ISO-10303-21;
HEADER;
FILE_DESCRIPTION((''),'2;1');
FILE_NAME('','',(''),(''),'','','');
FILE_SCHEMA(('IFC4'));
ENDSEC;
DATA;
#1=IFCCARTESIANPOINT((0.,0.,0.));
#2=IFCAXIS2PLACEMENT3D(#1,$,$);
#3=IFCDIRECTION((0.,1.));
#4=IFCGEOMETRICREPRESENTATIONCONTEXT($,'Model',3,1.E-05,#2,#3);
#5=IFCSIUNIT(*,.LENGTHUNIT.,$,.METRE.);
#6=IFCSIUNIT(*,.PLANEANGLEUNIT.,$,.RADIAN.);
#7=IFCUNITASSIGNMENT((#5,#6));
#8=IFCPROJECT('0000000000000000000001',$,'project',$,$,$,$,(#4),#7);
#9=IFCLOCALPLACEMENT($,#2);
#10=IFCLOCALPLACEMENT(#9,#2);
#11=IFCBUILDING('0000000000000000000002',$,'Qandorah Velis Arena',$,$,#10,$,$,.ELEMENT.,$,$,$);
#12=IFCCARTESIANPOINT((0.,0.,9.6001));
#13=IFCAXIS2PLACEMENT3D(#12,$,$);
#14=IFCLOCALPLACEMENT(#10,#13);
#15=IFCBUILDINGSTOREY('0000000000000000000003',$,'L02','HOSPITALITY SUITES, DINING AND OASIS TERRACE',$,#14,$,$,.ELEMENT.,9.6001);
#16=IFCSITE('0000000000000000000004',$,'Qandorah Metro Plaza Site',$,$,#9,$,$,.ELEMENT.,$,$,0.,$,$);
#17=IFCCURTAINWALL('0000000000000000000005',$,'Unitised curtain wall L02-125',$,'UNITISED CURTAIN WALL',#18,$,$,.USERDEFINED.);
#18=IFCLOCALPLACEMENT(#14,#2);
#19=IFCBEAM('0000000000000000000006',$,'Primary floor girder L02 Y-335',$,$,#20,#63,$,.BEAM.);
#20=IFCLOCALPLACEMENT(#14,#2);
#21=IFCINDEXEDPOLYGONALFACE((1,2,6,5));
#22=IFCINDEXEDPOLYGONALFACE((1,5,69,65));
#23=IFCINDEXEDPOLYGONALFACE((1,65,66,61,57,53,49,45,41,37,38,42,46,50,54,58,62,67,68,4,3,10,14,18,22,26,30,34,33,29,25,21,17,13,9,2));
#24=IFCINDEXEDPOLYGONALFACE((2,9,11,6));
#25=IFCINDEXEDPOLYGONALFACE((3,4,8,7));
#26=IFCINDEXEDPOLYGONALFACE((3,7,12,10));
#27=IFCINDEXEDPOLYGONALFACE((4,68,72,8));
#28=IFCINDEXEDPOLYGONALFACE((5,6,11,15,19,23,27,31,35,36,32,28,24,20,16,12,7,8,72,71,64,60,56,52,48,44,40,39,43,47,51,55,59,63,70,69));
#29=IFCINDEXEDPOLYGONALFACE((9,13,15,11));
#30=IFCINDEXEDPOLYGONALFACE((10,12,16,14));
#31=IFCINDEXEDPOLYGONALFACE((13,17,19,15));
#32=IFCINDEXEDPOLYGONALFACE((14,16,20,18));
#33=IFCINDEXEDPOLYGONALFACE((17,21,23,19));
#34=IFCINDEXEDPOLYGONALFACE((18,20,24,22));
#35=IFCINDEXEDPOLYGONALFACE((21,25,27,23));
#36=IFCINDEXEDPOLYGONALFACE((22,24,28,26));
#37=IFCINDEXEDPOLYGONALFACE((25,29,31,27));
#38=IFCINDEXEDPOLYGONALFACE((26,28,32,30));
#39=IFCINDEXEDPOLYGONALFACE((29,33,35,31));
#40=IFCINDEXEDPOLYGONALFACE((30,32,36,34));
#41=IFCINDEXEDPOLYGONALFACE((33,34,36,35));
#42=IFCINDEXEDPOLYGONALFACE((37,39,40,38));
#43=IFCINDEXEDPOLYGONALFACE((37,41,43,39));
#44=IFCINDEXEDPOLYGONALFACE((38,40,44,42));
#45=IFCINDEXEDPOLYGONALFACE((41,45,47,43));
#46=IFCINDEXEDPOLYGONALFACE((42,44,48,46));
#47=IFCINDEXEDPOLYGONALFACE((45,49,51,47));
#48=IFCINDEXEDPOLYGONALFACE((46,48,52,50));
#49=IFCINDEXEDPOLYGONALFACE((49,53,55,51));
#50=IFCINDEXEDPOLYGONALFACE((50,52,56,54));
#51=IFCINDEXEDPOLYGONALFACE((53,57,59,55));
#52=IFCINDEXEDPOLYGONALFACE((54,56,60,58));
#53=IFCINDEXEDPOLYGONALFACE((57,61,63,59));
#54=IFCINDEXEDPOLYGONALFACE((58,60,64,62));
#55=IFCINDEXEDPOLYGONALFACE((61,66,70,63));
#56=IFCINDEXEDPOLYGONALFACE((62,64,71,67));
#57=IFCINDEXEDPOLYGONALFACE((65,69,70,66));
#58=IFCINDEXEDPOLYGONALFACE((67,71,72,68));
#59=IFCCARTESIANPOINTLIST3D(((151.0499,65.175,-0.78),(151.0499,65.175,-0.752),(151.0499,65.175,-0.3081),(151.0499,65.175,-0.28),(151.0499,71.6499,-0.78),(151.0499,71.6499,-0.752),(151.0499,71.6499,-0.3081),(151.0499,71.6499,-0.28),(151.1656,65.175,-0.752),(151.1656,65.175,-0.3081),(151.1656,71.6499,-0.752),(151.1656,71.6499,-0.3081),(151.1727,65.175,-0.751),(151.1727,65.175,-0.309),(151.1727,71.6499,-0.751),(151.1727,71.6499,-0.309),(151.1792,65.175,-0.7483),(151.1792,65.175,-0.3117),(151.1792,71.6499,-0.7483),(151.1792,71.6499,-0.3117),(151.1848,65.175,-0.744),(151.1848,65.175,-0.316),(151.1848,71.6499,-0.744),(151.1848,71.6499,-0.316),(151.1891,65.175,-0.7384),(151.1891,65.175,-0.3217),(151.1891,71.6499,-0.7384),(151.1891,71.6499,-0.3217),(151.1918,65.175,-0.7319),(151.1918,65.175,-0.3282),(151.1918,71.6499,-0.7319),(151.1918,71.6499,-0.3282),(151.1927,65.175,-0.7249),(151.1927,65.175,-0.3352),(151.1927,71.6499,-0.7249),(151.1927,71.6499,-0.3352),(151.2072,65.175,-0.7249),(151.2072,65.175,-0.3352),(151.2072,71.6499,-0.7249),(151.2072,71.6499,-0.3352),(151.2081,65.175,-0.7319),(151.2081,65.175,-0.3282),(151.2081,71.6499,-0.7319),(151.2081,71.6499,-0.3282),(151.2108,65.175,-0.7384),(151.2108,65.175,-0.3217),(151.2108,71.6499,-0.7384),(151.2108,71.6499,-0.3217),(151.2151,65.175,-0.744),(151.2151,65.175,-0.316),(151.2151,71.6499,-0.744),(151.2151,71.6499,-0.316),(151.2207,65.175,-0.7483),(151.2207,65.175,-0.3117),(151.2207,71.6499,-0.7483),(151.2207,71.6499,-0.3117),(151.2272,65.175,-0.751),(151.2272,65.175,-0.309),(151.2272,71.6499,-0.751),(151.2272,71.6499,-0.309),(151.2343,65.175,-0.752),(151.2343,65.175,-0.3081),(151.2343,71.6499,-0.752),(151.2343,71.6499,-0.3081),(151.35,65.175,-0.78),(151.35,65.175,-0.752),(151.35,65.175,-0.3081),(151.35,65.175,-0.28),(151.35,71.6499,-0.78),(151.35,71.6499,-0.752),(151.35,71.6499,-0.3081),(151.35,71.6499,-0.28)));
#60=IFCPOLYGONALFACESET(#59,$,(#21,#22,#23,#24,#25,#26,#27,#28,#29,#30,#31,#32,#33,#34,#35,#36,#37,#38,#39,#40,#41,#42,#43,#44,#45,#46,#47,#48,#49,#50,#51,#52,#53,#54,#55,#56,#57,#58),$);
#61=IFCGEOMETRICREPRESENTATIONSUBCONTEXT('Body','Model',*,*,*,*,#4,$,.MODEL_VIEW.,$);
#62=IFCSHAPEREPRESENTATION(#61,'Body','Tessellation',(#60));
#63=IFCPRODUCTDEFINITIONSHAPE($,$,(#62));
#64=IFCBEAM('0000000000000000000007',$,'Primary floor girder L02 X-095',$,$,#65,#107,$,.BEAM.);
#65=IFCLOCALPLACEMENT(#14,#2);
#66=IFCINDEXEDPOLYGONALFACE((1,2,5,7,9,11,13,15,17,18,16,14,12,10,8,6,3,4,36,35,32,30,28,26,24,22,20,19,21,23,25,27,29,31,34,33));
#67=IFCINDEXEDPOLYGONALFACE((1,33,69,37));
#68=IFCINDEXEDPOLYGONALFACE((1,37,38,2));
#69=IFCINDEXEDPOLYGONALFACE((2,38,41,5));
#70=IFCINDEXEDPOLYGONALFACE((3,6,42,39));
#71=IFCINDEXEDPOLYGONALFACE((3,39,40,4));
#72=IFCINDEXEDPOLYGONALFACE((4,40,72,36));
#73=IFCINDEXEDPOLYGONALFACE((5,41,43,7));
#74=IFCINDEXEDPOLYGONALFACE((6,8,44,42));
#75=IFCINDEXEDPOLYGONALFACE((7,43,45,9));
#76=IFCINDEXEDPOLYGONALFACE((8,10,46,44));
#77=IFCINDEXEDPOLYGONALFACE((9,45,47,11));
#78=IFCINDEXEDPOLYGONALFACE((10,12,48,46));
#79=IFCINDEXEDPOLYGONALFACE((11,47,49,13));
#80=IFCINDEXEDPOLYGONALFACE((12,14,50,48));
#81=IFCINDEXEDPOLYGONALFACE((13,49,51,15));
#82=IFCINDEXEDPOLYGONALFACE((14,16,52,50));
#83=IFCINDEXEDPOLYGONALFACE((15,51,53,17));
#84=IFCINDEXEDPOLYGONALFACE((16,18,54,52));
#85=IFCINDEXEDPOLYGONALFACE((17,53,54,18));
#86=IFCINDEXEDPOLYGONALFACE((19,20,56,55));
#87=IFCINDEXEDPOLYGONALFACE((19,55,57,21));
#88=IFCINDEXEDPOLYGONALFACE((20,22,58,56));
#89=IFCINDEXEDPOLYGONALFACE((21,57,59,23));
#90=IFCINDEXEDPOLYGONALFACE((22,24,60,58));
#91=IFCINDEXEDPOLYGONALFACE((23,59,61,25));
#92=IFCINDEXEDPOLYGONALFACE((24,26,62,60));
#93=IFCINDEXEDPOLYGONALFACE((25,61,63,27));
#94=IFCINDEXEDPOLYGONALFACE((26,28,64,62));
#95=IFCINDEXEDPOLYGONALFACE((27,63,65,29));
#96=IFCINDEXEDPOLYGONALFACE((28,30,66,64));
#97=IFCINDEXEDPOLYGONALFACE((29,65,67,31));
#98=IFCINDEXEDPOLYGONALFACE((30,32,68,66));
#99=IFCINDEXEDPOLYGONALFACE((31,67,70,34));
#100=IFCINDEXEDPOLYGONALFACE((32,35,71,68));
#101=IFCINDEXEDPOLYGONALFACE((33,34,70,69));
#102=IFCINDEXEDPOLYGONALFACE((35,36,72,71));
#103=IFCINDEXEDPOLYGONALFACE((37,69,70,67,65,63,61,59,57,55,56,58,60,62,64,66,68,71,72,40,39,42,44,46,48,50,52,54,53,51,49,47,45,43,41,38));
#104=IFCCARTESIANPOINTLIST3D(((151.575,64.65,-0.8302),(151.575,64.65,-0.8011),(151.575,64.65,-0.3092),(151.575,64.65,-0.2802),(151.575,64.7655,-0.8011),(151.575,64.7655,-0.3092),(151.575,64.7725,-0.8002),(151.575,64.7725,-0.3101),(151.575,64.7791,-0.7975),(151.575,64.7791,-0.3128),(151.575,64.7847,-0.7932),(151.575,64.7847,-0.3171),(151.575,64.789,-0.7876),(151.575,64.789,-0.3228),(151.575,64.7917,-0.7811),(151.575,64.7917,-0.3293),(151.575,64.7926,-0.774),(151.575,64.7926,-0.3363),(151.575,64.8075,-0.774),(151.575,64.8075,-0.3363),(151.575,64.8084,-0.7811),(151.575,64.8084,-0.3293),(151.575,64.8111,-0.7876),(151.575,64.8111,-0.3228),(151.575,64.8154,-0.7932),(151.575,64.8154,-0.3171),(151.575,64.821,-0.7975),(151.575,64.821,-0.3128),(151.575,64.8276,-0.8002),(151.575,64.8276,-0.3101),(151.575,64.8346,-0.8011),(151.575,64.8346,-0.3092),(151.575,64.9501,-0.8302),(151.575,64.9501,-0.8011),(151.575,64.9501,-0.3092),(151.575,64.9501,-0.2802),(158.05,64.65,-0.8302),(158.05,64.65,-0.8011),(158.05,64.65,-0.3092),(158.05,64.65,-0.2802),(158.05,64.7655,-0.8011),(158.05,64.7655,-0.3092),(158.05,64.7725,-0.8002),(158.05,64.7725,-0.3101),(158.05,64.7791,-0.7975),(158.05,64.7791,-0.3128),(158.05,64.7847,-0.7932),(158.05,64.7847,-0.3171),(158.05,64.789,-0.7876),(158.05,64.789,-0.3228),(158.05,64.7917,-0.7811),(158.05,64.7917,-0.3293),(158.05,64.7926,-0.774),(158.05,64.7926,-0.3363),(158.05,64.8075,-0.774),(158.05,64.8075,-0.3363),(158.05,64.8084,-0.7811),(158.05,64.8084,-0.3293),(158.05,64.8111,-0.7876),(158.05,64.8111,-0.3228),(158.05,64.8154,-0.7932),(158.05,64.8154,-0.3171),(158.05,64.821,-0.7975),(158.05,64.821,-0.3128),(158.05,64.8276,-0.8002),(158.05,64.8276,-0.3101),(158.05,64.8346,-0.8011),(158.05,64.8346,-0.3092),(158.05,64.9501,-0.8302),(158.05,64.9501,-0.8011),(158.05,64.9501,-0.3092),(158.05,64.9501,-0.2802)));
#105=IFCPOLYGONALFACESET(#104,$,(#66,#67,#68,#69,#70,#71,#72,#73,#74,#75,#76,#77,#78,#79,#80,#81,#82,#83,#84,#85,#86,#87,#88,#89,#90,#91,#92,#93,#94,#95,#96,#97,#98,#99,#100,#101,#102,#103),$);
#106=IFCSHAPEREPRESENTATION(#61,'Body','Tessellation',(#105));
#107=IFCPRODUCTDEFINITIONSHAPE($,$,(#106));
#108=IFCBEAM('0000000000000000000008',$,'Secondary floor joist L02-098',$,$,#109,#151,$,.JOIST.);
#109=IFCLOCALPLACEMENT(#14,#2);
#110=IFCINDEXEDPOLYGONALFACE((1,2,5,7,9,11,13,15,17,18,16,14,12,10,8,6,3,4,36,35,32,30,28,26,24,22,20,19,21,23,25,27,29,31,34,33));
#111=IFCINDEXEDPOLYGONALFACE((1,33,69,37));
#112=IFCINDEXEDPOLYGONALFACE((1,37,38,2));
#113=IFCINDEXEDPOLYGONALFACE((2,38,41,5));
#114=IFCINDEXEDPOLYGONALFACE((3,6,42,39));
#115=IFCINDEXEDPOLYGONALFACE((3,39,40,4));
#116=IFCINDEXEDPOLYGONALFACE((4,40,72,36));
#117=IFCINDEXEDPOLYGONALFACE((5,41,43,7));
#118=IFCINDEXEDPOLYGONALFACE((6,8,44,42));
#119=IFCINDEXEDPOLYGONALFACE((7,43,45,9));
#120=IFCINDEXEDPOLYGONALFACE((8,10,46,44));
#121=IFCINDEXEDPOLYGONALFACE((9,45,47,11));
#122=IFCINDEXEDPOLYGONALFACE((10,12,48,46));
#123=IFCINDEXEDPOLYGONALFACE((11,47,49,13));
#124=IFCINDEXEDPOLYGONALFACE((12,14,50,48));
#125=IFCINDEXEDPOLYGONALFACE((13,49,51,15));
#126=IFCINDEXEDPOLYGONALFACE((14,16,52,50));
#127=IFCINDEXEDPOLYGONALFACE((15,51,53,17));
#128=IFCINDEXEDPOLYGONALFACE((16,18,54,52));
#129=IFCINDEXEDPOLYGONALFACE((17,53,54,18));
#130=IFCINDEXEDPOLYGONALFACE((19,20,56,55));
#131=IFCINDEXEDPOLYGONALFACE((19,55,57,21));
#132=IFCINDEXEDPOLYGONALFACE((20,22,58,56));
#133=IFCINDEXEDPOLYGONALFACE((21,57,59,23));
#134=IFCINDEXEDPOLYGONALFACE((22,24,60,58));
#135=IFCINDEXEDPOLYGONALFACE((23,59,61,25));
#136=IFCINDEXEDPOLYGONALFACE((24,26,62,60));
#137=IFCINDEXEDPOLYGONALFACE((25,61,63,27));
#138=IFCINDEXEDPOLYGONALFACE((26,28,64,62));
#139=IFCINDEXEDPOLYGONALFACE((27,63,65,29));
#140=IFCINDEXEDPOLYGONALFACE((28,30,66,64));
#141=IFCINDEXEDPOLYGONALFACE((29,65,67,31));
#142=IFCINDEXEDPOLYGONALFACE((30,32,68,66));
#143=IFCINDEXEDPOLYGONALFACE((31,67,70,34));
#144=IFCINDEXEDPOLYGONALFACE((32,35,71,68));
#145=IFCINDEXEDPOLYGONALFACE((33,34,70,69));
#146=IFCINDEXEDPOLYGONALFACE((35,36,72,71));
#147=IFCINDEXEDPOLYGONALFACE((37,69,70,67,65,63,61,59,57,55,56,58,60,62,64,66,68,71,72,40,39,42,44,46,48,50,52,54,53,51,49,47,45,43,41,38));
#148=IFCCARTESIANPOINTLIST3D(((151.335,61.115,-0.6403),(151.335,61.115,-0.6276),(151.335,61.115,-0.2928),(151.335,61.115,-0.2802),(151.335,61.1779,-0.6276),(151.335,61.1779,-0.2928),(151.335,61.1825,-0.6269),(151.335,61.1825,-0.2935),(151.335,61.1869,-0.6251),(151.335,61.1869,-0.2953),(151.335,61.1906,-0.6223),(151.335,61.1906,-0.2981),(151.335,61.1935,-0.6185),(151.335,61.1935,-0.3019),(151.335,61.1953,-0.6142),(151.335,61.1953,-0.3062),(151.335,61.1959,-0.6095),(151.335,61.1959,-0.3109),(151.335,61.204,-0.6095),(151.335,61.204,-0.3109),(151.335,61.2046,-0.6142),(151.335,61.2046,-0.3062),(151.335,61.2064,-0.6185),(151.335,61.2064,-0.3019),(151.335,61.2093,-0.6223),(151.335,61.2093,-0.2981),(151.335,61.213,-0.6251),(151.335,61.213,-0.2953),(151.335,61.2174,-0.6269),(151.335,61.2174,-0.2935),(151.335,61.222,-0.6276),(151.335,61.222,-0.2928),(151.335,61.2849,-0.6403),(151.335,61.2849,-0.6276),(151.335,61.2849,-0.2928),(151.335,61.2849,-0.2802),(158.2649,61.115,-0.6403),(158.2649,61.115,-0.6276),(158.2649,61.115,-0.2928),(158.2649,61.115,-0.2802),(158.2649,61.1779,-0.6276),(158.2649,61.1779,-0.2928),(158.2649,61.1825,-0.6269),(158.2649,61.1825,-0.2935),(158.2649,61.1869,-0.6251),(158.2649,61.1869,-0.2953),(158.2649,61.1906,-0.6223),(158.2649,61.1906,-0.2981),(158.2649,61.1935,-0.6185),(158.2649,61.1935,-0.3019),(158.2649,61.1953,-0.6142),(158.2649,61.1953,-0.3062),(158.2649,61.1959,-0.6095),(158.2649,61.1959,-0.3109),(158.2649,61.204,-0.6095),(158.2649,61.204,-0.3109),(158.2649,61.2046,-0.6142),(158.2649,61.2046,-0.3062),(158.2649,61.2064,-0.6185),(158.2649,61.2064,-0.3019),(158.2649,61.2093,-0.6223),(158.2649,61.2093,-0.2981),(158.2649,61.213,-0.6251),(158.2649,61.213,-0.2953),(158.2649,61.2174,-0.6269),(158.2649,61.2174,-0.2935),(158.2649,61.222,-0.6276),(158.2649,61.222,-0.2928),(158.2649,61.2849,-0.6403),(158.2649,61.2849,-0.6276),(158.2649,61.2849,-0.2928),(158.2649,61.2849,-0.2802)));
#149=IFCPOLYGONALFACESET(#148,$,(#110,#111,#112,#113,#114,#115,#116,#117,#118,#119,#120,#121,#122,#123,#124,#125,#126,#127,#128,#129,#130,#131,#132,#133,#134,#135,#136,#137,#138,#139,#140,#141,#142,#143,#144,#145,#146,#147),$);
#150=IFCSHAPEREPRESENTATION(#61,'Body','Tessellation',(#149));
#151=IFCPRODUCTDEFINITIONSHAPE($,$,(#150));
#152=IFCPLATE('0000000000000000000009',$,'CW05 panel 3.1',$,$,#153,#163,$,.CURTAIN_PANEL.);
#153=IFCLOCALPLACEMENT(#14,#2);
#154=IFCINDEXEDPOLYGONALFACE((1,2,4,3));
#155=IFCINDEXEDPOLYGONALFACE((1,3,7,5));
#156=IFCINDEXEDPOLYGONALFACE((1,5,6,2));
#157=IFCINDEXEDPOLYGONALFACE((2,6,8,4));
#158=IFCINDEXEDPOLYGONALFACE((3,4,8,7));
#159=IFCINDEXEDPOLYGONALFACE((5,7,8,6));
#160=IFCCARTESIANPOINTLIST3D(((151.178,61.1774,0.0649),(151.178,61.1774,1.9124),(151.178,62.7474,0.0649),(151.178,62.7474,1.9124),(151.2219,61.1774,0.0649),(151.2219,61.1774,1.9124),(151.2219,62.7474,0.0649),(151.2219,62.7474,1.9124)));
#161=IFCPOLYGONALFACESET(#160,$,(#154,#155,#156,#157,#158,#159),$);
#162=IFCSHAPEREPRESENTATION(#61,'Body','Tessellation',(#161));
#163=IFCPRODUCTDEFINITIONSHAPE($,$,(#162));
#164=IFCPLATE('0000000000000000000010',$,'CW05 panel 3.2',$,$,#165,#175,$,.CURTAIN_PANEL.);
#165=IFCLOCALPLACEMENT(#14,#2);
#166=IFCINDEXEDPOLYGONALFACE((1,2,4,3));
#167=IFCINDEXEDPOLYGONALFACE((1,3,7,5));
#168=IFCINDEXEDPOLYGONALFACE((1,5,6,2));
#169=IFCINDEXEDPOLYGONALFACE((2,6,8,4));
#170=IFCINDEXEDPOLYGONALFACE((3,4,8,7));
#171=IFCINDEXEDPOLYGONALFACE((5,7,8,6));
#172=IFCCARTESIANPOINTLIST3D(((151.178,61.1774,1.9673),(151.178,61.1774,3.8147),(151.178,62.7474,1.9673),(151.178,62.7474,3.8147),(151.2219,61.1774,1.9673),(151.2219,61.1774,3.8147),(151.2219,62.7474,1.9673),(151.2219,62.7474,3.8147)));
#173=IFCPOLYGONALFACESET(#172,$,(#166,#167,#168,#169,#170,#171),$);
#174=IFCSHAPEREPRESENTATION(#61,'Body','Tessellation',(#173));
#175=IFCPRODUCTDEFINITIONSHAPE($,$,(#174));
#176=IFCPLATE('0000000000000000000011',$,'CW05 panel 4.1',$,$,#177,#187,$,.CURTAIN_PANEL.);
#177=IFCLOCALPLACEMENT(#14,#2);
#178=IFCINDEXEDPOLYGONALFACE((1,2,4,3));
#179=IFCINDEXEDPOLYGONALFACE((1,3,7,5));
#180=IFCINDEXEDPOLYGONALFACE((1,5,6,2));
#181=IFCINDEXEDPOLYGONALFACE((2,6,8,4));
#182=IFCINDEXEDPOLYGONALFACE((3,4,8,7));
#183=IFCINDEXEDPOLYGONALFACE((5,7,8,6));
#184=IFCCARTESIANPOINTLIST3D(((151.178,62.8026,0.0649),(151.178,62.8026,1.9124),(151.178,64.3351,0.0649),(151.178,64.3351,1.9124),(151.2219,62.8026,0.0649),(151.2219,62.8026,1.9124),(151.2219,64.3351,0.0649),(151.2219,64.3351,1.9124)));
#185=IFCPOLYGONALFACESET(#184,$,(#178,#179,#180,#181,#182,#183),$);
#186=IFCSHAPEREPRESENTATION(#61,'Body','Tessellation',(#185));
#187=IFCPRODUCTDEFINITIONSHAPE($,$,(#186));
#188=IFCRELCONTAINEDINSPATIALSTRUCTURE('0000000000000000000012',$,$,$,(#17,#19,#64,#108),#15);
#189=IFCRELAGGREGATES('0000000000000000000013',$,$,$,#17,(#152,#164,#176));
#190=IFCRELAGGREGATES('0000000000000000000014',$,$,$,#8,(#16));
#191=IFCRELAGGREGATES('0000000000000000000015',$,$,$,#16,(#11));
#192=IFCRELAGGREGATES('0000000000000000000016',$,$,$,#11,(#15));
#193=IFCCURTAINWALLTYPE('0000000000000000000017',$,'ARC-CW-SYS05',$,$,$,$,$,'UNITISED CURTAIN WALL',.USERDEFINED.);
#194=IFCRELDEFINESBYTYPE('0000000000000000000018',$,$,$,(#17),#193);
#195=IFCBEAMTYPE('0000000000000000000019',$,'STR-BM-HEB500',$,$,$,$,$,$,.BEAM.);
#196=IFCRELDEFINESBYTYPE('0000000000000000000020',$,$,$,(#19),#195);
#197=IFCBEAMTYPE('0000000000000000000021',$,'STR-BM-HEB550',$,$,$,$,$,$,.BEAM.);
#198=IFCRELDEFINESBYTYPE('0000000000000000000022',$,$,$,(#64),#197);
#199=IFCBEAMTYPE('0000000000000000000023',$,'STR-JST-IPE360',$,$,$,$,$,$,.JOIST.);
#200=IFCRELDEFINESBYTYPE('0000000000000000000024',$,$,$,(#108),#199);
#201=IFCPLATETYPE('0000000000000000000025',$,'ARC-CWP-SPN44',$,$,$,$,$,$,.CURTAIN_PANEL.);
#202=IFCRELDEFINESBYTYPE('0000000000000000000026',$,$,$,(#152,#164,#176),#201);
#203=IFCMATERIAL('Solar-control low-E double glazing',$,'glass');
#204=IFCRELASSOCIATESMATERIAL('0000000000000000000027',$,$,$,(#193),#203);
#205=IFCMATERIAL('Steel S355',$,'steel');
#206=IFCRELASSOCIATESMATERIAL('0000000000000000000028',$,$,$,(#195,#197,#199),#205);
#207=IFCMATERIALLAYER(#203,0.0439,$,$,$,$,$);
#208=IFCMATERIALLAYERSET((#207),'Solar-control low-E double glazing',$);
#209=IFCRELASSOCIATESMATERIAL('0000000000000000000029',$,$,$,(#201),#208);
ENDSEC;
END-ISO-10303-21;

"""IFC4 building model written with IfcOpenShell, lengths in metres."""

from ifc_helpers import new_model, si_unit, direction, frame, origin, origin_2d, place, context, subcontext, project, spatial, rectangle, i_section, extrude, material, layer, layer_set, material_profile, profile_set, type_object, element, aggregate, save


model = new_model("IFC4")

# Units and contexts
model_context = context("Model", 3, precision=1e-05, world=origin(), true_north=direction((0.0, 1.0)))
body_context = subcontext(model_context, "Body", "Model", "MODEL_VIEW")
ifc_project = project(units=[si_unit("LENGTHUNIT", "METRE"), si_unit("PLANEANGLEUNIT", "RADIAN")], contexts=[model_context])

# Site, building, storey
site_placement = place(None, origin())
site = spatial("IfcSite", under=ifc_project, at=site_placement, Name="Qandorah Metro Plaza Site", CompositionType="ELEMENT", RefElevation=0.0)
building_placement = place(site_placement, origin())
building = spatial("IfcBuilding", under=site, at=building_placement, Name="Qandorah Velis Arena", CompositionType="ELEMENT")
storey_placement = place(building_placement, frame((0.0, 0.0, 9.6001)))
storey = spatial("IfcBuildingStorey", under=building, at=storey_placement, Name="L02", Description="HOSPITALITY SUITES, DINING AND OASIS TERRACE", CompositionType="ELEMENT", Elevation=9.6001)

# Shared definitions
ifc_material_1 = material(Name="Solar-control low-E double glazing", Category="glass")

# Curtain wall
curtain_wall_type_1 = type_object("IfcCurtainWallType", Name="ARC-CW-SYS05", ElementType="UNITISED CURTAIN WALL", PredefinedType="USERDEFINED", material=ifc_material_1)
curtain_wall_1_placement = place(storey_placement, origin())
curtain_wall_1 = element("IfcCurtainWall", 1, at=curtain_wall_1_placement, inside=storey, type_object=curtain_wall_type_1, Name="Unitised curtain wall L02-125", ObjectType="UNITISED CURTAIN WALL", PredefinedType="USERDEFINED")

# Beams
ifc_material_2 = material(Name="Steel S355", Category="steel")
ifc_material_profile_1 = material_profile(ifc_material_2, i_section(OverallWidth=0.3, OverallDepth=0.5, WebThickness=0.0144, FlangeThickness=0.0281, FilletRadius=0.0271, at=origin_2d()), Name="HEB 500")
ifc_profile_set_1 = profile_set([ifc_material_profile_1], Name="Steel S355")
beam_type_1 = type_object("IfcBeamType", Name="STR-BM-HEB500", PredefinedType="BEAM", material=ifc_profile_set_1)
beam_1_placement = place(storey_placement, frame((151.2, 65.175, -0.53), z_axis=(0.0, 1.0, 0.0), x_axis=(-1.0, 0.0, 0.0)))
element("IfcBeam", 2, at=beam_1_placement, inside=storey, type_object=beam_type_1, Name="Primary floor girder L02 Y-335", PredefinedType="BEAM", context=body_context, shape_type="SweptSolid", body=[
    extrude(i_section(OverallWidth=0.3, OverallDepth=0.5, WebThickness=0.0144, FlangeThickness=0.0281, FilletRadius=0.0271, at=origin_2d()), origin(), (0.0, 0.0, 1.0), 6.4749),
])
ifc_material_profile_2 = material_profile(ifc_material_2, i_section(OverallWidth=0.3, OverallDepth=0.55, WebThickness=0.0149, FlangeThickness=0.0291, FilletRadius=0.0271, at=origin_2d()), Name="HEB 550")
ifc_profile_set_2 = profile_set([ifc_material_profile_2], Name="Steel S355")
beam_type_2 = type_object("IfcBeamType", Name="STR-BM-HEB550", PredefinedType="BEAM", material=ifc_profile_set_2)
beam_2_placement = place(storey_placement, frame((151.575, 64.8, -0.5552), z_axis=(1.0, 0.0, 0.0), x_axis=(0.0, 1.0, 0.0)))
element("IfcBeam", 3, at=beam_2_placement, inside=storey, type_object=beam_type_2, Name="Primary floor girder L02 X-095", PredefinedType="BEAM", context=body_context, shape_type="SweptSolid", body=[
    extrude(i_section(OverallWidth=0.3, OverallDepth=0.55, WebThickness=0.0149, FlangeThickness=0.0291, FilletRadius=0.0271, at=origin_2d()), origin(), (0.0, 0.0, 1.0), 6.4751),
])
ifc_material_profile_3 = material_profile(ifc_material_2, i_section(OverallWidth=0.1699, OverallDepth=0.3601, WebThickness=0.0081, FlangeThickness=0.0127, FilletRadius=0.0181, at=origin_2d()), Name="IPE 360")
ifc_profile_set_3 = profile_set([ifc_material_profile_3], Name="Steel S355")
beam_type_3 = type_object("IfcBeamType", Name="STR-JST-IPE360", PredefinedType="JOIST", material=ifc_profile_set_3)
beam_3_placement = place(storey_placement, frame((151.335, 61.2, -0.4602), z_axis=(1.0, 0.0, 0.0), x_axis=(0.0, 1.0, 0.0)))
element("IfcBeam", 4, at=beam_3_placement, inside=storey, type_object=beam_type_3, Name="Secondary floor joist L02-098", PredefinedType="JOIST", context=body_context, shape_type="SweptSolid", body=[
    extrude(i_section(OverallWidth=0.1699, OverallDepth=0.3601, WebThickness=0.0081, FlangeThickness=0.0127, FilletRadius=0.0181, at=origin_2d()), origin(), (0.0, 0.0, 1.0), 6.9299),
])

# Plates
ifc_layer = layer(ifc_material_1, 0.0439)
ifc_layer_set = layer_set([ifc_layer], Name="Solar-control low-E double glazing")
plate_type = type_object("IfcPlateType", Name="ARC-CWP-SPN44", PredefinedType="CURTAIN_PANEL", material=ifc_layer_set)
plate_1_placement = place(storey_placement, frame((151.2, 61.9624, 0.0649), z_axis=(0.0, 0.0, 1.0), x_axis=(0.0, 1.0, 0.0)))
plate_1 = element("IfcPlate", 5, at=plate_1_placement, type_object=plate_type, Name="CW05 panel 3.1", PredefinedType="CURTAIN_PANEL", context=body_context, shape_type="SweptSolid", body=[
    extrude(rectangle(XDim=1.5701, YDim=0.0439, at=origin_2d()), origin(), (0.0, 0.0, 1.0), 1.8474),
])
plate_2_placement = place(storey_placement, frame((151.2, 61.9624, 1.9673), z_axis=(0.0, 0.0, 1.0), x_axis=(0.0, 1.0, 0.0)))
plate_2 = element("IfcPlate", 6, at=plate_2_placement, type_object=plate_type, Name="CW05 panel 3.2", PredefinedType="CURTAIN_PANEL", context=body_context, shape_type="SweptSolid", body=[
    extrude(rectangle(XDim=1.5701, YDim=0.0439, at=origin_2d()), origin(), (0.0, 0.0, 1.0), 1.8474),
])
plate_3_placement = place(storey_placement, frame((151.2, 63.5688, 0.0649), z_axis=(0.0, 0.0, 1.0), x_axis=(0.0, 1.0, 0.0)))
plate_3 = element("IfcPlate", 7, at=plate_3_placement, type_object=plate_type, Name="CW05 panel 4.1", PredefinedType="CURTAIN_PANEL", context=body_context, shape_type="SweptSolid", body=[
    extrude(rectangle(XDim=1.5325, YDim=0.0439, at=origin_2d()), origin(), (0.0, 0.0, 1.0), 1.8474),
])
aggregate(curtain_wall_1, [plate_1, plate_2, plate_3])

save(model, "model.ifc")
